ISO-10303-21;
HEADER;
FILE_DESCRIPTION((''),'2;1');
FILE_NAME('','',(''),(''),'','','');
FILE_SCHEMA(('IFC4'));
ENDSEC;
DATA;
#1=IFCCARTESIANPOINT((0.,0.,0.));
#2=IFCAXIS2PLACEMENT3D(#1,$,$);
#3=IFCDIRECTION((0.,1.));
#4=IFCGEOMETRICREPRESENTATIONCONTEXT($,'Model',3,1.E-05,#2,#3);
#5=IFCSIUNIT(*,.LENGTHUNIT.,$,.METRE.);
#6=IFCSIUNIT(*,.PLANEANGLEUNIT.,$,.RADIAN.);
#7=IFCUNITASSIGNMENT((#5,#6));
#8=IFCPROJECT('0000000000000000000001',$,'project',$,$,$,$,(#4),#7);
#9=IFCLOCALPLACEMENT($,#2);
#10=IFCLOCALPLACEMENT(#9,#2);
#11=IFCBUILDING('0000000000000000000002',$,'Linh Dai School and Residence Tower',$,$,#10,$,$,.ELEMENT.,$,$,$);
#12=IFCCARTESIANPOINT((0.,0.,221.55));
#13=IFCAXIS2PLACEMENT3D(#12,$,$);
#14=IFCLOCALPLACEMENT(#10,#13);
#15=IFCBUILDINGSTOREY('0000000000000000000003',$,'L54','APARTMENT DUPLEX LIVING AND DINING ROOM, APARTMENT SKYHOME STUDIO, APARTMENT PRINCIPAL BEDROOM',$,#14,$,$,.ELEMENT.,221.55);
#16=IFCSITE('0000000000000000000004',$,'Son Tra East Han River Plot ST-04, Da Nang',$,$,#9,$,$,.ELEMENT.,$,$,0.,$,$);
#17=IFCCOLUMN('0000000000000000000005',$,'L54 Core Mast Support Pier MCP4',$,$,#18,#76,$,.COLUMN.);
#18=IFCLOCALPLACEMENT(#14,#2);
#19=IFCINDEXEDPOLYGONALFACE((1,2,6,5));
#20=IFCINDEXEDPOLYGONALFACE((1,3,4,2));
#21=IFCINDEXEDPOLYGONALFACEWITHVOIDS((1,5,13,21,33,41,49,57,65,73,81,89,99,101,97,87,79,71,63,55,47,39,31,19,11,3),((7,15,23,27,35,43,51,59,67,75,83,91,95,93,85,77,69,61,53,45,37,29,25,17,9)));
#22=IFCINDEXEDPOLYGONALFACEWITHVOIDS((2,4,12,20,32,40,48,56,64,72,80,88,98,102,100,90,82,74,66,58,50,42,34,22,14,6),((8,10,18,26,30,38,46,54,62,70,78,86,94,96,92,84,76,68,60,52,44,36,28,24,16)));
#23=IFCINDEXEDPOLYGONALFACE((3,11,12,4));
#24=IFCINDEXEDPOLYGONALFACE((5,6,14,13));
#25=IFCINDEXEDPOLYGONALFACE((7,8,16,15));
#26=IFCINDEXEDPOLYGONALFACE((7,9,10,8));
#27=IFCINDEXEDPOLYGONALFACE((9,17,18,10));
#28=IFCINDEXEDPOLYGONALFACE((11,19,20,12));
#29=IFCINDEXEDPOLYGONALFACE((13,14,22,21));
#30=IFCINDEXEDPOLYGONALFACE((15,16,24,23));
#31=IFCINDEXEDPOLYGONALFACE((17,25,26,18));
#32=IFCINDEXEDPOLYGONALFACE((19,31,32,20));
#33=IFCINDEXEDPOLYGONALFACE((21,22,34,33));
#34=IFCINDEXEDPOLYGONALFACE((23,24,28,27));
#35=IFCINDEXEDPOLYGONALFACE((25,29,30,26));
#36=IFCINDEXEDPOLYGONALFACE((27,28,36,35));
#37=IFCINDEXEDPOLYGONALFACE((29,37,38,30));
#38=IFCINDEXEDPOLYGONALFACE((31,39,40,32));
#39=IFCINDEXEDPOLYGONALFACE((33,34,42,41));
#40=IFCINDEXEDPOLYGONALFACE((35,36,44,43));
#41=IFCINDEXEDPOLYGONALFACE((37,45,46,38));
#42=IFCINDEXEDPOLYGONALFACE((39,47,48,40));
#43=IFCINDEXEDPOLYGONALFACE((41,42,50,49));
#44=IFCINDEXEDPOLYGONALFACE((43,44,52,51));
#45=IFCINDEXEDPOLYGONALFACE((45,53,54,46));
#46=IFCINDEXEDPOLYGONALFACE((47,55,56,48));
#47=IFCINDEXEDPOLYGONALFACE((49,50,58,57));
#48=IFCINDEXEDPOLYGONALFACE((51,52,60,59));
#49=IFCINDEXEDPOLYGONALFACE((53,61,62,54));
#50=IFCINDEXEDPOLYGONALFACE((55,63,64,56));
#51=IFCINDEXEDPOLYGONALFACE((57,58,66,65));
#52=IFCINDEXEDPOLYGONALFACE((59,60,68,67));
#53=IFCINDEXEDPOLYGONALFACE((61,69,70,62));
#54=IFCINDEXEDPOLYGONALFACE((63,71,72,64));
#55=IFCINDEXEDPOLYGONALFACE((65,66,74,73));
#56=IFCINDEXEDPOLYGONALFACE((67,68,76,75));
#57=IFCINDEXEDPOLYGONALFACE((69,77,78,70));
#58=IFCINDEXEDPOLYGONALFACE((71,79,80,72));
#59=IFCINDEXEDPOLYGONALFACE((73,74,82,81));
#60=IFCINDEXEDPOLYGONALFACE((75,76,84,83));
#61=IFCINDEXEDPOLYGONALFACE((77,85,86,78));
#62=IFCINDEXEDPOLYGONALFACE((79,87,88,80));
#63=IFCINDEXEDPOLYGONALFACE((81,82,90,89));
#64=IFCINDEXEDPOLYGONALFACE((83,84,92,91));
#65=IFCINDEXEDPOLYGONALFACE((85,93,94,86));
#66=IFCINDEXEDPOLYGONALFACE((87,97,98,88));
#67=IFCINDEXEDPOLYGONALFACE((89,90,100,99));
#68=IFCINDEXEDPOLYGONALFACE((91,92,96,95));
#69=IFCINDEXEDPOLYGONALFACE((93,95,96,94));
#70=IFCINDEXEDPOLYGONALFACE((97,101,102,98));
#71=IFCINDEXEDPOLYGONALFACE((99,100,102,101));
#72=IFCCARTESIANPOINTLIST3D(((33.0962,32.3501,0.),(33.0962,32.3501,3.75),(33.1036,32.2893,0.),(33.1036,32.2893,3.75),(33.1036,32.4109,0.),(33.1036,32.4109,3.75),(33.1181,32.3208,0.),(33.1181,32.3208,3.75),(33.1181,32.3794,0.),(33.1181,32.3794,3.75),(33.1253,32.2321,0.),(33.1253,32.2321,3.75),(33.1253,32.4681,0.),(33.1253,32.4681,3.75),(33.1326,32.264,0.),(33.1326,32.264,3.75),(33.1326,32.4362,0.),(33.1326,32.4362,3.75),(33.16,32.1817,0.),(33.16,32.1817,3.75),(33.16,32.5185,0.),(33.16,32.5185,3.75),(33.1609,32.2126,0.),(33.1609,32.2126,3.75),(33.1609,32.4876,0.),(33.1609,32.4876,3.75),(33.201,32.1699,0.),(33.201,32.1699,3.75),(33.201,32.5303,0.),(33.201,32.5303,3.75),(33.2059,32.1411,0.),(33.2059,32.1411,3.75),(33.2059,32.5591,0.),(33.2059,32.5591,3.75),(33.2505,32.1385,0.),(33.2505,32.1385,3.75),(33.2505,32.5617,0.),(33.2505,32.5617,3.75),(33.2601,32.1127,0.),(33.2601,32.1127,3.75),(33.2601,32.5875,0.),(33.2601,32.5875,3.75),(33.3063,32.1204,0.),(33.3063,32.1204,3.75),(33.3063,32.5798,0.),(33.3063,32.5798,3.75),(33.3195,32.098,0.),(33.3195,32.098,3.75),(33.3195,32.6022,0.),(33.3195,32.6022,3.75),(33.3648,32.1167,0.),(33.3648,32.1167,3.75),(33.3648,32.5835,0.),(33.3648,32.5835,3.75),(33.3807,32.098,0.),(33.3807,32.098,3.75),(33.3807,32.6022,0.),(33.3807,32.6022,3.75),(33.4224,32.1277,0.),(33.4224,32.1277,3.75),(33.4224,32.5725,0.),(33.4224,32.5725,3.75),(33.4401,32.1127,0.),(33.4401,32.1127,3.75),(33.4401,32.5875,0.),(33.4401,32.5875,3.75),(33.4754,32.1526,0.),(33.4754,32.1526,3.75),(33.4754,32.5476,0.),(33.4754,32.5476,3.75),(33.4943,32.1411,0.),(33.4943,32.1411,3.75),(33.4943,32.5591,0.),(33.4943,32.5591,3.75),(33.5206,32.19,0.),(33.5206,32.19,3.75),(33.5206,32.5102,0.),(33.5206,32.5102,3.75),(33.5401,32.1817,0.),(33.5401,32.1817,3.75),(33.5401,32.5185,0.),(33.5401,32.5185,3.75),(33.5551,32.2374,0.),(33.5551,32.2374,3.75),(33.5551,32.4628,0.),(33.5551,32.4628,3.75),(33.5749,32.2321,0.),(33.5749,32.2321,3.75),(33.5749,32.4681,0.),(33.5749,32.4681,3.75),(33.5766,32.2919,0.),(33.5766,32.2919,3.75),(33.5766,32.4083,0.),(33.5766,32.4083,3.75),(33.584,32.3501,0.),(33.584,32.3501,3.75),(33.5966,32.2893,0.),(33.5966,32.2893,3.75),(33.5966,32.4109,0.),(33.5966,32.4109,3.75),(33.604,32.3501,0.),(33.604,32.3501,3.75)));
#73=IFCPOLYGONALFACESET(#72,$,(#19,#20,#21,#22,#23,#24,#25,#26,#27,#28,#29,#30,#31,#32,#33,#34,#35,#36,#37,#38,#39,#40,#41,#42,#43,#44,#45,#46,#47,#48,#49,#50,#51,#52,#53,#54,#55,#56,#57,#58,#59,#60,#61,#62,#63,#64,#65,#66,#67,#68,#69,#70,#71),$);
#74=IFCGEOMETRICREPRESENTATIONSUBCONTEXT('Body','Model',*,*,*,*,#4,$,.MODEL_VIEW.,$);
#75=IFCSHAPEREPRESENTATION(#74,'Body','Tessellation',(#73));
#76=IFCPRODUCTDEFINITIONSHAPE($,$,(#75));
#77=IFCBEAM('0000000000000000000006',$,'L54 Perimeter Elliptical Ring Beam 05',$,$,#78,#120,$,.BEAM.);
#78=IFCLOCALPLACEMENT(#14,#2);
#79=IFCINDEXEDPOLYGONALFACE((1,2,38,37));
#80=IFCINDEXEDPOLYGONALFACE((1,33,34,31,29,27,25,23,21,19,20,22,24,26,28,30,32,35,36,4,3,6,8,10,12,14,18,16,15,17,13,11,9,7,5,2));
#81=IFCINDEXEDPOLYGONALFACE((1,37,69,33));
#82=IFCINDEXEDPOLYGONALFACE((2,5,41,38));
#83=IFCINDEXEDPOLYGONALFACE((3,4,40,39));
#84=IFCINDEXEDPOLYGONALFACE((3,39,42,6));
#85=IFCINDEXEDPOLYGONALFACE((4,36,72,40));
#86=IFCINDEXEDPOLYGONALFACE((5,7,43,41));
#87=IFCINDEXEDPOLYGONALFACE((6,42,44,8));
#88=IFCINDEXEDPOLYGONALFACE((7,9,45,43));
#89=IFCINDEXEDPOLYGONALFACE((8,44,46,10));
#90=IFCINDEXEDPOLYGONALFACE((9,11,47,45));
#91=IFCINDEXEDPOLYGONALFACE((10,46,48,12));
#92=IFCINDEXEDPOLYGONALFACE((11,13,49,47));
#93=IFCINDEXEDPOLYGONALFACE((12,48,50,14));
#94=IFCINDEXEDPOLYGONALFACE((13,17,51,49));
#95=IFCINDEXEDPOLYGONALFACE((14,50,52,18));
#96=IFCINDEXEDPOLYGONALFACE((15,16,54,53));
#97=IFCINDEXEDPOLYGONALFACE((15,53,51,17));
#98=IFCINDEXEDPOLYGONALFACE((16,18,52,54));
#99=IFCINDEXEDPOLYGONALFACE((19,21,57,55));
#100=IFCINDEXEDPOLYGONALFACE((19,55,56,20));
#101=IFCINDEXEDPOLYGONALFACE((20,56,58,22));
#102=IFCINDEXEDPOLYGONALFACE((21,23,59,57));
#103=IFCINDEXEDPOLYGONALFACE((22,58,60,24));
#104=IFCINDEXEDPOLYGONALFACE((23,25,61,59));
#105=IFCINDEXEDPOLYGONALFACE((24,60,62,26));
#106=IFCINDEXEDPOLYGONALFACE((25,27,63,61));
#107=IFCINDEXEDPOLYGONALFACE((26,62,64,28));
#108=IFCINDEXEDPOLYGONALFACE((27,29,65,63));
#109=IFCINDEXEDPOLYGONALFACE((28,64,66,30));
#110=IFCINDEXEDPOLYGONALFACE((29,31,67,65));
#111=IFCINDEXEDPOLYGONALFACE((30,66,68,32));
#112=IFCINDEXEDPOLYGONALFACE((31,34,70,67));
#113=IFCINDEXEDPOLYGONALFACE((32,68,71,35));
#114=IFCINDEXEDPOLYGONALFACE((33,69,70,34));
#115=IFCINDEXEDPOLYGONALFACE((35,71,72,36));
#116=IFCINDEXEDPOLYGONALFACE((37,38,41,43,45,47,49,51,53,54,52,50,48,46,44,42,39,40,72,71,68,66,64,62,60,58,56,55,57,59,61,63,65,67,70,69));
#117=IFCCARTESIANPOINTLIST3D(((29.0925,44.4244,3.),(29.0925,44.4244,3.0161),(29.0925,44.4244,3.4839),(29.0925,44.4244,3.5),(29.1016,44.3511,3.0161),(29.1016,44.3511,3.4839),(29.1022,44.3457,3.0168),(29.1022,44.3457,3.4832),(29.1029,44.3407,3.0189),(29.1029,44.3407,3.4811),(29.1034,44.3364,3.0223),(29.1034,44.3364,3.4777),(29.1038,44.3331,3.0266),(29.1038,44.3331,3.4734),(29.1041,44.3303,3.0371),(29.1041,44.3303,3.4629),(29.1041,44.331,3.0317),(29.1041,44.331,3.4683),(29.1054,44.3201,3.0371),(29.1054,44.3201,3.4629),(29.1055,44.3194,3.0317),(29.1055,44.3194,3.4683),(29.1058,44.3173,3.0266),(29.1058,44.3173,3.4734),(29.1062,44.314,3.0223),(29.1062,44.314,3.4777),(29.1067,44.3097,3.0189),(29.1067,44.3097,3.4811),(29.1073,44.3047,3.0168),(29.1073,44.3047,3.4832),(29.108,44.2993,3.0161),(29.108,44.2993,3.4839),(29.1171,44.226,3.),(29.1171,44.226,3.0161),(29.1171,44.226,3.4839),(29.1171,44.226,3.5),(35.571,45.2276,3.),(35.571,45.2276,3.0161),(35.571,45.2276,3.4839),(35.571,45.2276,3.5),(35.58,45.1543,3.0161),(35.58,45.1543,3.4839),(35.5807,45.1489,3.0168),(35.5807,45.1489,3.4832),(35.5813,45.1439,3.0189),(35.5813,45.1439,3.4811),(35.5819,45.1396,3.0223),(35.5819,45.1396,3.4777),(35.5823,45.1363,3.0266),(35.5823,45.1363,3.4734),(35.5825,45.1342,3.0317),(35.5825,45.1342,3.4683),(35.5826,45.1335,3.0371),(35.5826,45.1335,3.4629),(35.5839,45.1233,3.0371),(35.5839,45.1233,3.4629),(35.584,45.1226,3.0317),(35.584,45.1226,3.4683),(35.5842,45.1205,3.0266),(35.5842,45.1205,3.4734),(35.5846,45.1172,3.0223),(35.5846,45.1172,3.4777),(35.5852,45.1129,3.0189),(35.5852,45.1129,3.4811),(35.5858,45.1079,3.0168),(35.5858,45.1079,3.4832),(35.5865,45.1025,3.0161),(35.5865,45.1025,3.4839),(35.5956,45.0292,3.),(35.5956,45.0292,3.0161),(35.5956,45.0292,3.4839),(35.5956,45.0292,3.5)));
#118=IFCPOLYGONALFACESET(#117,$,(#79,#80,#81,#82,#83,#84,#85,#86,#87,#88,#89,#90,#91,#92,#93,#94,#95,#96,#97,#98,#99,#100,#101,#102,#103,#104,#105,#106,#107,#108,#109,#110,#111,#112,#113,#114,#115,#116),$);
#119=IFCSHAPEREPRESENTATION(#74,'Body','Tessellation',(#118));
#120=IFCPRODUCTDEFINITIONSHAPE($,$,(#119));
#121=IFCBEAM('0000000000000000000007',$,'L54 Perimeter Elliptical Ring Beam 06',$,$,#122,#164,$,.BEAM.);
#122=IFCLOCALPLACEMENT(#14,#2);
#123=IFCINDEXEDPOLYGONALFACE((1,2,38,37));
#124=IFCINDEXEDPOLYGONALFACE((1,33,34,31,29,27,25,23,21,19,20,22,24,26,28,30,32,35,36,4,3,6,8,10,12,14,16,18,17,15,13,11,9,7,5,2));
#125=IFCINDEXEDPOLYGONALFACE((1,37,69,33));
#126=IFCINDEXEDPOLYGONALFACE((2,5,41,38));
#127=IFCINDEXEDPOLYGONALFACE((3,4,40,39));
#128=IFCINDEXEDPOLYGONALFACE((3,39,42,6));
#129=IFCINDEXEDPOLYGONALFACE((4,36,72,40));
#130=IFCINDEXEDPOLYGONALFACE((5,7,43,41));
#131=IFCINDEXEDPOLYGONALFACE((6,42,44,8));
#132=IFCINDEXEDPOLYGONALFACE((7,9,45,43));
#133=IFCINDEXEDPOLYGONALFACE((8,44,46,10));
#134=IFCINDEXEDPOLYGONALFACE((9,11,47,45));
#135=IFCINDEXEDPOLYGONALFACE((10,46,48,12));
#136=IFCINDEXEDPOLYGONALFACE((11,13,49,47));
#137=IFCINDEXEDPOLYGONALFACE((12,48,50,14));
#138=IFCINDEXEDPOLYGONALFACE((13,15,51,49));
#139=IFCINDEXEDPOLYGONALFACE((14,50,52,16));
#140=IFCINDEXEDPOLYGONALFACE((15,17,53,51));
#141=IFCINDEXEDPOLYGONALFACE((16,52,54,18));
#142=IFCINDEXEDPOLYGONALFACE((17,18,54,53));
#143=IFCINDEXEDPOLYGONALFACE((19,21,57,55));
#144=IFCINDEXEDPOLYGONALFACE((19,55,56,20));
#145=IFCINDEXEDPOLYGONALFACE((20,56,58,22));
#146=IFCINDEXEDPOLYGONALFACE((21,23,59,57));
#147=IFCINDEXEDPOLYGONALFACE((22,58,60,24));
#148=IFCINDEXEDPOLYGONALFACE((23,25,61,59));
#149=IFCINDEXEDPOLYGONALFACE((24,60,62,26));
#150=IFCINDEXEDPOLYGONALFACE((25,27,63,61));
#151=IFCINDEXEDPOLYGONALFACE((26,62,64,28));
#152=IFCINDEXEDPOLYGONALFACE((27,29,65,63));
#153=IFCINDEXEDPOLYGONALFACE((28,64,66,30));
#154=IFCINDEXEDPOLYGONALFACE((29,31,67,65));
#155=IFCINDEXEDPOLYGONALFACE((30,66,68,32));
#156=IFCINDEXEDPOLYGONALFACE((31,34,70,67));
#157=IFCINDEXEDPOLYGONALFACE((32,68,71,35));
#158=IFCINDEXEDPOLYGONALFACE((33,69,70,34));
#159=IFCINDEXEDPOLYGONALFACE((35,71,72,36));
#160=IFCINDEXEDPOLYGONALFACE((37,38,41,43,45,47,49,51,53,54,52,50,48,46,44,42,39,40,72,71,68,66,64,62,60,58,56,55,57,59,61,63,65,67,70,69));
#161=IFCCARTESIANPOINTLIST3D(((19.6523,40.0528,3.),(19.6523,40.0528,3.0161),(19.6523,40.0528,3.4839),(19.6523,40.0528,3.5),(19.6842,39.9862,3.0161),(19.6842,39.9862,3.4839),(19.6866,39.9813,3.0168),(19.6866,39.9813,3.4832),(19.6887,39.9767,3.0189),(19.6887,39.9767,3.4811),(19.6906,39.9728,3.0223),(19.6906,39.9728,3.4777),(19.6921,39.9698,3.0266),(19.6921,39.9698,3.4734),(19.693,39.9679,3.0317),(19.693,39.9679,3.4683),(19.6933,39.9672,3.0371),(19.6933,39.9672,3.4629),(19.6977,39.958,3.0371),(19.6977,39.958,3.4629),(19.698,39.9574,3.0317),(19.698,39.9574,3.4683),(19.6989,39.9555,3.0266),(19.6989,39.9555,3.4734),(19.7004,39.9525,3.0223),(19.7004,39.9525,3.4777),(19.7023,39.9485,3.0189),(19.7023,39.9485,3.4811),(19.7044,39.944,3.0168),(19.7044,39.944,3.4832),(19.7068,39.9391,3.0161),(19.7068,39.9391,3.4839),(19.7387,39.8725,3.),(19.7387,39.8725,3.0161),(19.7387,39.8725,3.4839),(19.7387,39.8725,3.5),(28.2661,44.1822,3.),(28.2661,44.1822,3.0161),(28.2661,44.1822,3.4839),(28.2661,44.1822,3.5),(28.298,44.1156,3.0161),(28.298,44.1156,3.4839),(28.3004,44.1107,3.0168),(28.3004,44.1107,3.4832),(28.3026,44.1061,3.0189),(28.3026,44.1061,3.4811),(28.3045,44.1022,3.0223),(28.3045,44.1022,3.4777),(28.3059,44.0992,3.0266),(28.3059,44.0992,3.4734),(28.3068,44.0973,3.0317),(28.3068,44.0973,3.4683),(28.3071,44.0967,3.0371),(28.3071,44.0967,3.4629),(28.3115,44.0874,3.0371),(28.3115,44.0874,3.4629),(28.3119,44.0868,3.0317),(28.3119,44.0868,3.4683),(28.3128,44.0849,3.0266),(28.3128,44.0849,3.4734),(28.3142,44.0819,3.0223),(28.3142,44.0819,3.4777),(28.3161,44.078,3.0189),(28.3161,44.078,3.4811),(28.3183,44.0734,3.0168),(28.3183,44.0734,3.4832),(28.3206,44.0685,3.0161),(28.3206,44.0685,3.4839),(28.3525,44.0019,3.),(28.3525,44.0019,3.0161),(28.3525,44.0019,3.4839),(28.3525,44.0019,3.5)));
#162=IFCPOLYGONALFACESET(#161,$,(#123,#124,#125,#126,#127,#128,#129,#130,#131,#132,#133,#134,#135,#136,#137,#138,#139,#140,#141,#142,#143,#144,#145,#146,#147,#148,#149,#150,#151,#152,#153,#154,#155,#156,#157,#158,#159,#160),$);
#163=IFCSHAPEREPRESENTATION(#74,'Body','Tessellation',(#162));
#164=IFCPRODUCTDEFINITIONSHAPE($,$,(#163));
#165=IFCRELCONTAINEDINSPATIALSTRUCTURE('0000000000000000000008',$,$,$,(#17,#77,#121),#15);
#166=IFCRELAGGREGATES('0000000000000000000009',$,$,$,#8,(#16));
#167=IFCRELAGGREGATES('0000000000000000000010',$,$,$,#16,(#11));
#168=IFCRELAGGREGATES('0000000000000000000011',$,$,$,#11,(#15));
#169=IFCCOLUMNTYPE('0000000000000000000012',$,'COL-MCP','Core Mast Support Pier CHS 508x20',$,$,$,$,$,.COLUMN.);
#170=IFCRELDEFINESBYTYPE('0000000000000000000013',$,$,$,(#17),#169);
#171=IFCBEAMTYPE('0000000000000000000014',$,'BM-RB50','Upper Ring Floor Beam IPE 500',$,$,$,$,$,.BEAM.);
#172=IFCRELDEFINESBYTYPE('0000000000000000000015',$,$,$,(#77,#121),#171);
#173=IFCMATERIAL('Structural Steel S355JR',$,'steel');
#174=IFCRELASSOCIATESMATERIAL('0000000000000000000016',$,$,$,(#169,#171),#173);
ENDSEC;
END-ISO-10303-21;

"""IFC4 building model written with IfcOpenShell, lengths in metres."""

from ifc_helpers import new_model, si_unit, direction, frame, origin, origin_2d, place, context, subcontext, project, spatial, hollow_circle, i_section, extrude, material, material_profile, profile_set, type_object, element, save


model = new_model("IFC4")

# Units and contexts
model_context = context("Model", 3, precision=1e-05, world=origin(), true_north=direction((0.0, 1.0)))
body_context = subcontext(model_context, "Body", "Model", "MODEL_VIEW")
ifc_project = project(units=[si_unit("LENGTHUNIT", "METRE"), si_unit("PLANEANGLEUNIT", "RADIAN")], contexts=[model_context])

# Site, building, storey
site_placement = place(None, origin())
site = spatial("IfcSite", under=ifc_project, at=site_placement, Name="Son Tra East Han River Plot ST-04, Da Nang", CompositionType="ELEMENT", RefElevation=0.0)
building_placement = place(site_placement, origin())
building = spatial("IfcBuilding", under=site, at=building_placement, Name="Linh Dai School and Residence Tower", CompositionType="ELEMENT")
storey_placement = place(building_placement, frame((0.0, 0.0, 221.55)))
storey = spatial("IfcBuildingStorey", under=building, at=storey_placement, Name="L54", Description="APARTMENT DUPLEX LIVING AND DINING ROOM, APARTMENT SKYHOME STUDIO, APARTMENT PRINCIPAL BEDROOM", CompositionType="ELEMENT", Elevation=221.55)

# Column
ifc_material_1 = material(Name="Structural Steel S355JR", Category="steel")
ifc_material_profile_1 = material_profile(ifc_material_1, hollow_circle(Radius=0.2539, WallThickness=0.02, at=origin_2d()), Name="CHS 508x20")
ifc_profile_set_1 = profile_set([ifc_material_profile_1], Name="Structural Steel S355JR")
column_type_1 = type_object("IfcColumnType", Name="COL-MCP", Description="Core Mast Support Pier CHS 508x20", PredefinedType="COLUMN", material=ifc_profile_set_1)
column_1_placement = place(storey_placement, frame((33.3501, 32.3501, 0.0), z_axis=(0.0, 0.0, 1.0), x_axis=(1.0, 0.0, 0.0)))
element("IfcColumn", 1, at=column_1_placement, inside=storey, type_object=column_type_1, Name="L54 Core Mast Support Pier MCP4", PredefinedType="COLUMN", context=body_context, shape_type="SweptSolid", body=[
    extrude(hollow_circle(Radius=0.2539, WallThickness=0.02, at=origin_2d()), origin(), (0.0, 0.0, 1.0), 3.75),
])

# Beams
ifc_material_profile_2 = material_profile(ifc_material_1, i_section(OverallWidth=0.2, OverallDepth=0.5, WebThickness=0.0103, FlangeThickness=0.0161, FilletRadius=0.021, at=origin_2d()), Name="IPE 500")
ifc_profile_set_2 = profile_set([ifc_material_profile_2], Name="Structural Steel S355JR")
beam_type_1 = type_object("IfcBeamType", Name="BM-RB50", Description="Upper Ring Floor Beam IPE 500", PredefinedType="BEAM", material=ifc_profile_set_2)
beam_1_placement = place(storey_placement, frame((35.5833, 45.1284, 3.25), z_axis=(-0.992402, -0.12304, 0.0), x_axis=(0.12304, -0.992402, 0.0)))
element("IfcBeam", 2, at=beam_1_placement, inside=storey, type_object=beam_type_1, Name="L54 Perimeter Elliptical Ring Beam 05", PredefinedType="BEAM", context=body_context, shape_type="SweptSolid", body=[
    extrude(i_section(OverallWidth=0.2, OverallDepth=0.5, WebThickness=0.0103, FlangeThickness=0.0161, FilletRadius=0.021, at=origin_2d()), origin(), (0.0, 0.0, 1.0), 6.5281),
])
beam_2_placement = place(storey_placement, frame((28.3093, 44.092, 3.25), z_axis=(-0.901736, -0.432287, 0.0), x_axis=(0.432287, -0.901736, 0.0)))
element("IfcBeam", 3, at=beam_2_placement, inside=storey, type_object=beam_type_1, Name="L54 Perimeter Elliptical Ring Beam 06", PredefinedType="BEAM", context=body_context, shape_type="SweptSolid", body=[
    extrude(i_section(OverallWidth=0.2, OverallDepth=0.5, WebThickness=0.0103, FlangeThickness=0.0161, FilletRadius=0.021, at=origin_2d()), origin(), (0.0, 0.0, 1.0), 9.5525),
])

save(model, "model.ifc")
